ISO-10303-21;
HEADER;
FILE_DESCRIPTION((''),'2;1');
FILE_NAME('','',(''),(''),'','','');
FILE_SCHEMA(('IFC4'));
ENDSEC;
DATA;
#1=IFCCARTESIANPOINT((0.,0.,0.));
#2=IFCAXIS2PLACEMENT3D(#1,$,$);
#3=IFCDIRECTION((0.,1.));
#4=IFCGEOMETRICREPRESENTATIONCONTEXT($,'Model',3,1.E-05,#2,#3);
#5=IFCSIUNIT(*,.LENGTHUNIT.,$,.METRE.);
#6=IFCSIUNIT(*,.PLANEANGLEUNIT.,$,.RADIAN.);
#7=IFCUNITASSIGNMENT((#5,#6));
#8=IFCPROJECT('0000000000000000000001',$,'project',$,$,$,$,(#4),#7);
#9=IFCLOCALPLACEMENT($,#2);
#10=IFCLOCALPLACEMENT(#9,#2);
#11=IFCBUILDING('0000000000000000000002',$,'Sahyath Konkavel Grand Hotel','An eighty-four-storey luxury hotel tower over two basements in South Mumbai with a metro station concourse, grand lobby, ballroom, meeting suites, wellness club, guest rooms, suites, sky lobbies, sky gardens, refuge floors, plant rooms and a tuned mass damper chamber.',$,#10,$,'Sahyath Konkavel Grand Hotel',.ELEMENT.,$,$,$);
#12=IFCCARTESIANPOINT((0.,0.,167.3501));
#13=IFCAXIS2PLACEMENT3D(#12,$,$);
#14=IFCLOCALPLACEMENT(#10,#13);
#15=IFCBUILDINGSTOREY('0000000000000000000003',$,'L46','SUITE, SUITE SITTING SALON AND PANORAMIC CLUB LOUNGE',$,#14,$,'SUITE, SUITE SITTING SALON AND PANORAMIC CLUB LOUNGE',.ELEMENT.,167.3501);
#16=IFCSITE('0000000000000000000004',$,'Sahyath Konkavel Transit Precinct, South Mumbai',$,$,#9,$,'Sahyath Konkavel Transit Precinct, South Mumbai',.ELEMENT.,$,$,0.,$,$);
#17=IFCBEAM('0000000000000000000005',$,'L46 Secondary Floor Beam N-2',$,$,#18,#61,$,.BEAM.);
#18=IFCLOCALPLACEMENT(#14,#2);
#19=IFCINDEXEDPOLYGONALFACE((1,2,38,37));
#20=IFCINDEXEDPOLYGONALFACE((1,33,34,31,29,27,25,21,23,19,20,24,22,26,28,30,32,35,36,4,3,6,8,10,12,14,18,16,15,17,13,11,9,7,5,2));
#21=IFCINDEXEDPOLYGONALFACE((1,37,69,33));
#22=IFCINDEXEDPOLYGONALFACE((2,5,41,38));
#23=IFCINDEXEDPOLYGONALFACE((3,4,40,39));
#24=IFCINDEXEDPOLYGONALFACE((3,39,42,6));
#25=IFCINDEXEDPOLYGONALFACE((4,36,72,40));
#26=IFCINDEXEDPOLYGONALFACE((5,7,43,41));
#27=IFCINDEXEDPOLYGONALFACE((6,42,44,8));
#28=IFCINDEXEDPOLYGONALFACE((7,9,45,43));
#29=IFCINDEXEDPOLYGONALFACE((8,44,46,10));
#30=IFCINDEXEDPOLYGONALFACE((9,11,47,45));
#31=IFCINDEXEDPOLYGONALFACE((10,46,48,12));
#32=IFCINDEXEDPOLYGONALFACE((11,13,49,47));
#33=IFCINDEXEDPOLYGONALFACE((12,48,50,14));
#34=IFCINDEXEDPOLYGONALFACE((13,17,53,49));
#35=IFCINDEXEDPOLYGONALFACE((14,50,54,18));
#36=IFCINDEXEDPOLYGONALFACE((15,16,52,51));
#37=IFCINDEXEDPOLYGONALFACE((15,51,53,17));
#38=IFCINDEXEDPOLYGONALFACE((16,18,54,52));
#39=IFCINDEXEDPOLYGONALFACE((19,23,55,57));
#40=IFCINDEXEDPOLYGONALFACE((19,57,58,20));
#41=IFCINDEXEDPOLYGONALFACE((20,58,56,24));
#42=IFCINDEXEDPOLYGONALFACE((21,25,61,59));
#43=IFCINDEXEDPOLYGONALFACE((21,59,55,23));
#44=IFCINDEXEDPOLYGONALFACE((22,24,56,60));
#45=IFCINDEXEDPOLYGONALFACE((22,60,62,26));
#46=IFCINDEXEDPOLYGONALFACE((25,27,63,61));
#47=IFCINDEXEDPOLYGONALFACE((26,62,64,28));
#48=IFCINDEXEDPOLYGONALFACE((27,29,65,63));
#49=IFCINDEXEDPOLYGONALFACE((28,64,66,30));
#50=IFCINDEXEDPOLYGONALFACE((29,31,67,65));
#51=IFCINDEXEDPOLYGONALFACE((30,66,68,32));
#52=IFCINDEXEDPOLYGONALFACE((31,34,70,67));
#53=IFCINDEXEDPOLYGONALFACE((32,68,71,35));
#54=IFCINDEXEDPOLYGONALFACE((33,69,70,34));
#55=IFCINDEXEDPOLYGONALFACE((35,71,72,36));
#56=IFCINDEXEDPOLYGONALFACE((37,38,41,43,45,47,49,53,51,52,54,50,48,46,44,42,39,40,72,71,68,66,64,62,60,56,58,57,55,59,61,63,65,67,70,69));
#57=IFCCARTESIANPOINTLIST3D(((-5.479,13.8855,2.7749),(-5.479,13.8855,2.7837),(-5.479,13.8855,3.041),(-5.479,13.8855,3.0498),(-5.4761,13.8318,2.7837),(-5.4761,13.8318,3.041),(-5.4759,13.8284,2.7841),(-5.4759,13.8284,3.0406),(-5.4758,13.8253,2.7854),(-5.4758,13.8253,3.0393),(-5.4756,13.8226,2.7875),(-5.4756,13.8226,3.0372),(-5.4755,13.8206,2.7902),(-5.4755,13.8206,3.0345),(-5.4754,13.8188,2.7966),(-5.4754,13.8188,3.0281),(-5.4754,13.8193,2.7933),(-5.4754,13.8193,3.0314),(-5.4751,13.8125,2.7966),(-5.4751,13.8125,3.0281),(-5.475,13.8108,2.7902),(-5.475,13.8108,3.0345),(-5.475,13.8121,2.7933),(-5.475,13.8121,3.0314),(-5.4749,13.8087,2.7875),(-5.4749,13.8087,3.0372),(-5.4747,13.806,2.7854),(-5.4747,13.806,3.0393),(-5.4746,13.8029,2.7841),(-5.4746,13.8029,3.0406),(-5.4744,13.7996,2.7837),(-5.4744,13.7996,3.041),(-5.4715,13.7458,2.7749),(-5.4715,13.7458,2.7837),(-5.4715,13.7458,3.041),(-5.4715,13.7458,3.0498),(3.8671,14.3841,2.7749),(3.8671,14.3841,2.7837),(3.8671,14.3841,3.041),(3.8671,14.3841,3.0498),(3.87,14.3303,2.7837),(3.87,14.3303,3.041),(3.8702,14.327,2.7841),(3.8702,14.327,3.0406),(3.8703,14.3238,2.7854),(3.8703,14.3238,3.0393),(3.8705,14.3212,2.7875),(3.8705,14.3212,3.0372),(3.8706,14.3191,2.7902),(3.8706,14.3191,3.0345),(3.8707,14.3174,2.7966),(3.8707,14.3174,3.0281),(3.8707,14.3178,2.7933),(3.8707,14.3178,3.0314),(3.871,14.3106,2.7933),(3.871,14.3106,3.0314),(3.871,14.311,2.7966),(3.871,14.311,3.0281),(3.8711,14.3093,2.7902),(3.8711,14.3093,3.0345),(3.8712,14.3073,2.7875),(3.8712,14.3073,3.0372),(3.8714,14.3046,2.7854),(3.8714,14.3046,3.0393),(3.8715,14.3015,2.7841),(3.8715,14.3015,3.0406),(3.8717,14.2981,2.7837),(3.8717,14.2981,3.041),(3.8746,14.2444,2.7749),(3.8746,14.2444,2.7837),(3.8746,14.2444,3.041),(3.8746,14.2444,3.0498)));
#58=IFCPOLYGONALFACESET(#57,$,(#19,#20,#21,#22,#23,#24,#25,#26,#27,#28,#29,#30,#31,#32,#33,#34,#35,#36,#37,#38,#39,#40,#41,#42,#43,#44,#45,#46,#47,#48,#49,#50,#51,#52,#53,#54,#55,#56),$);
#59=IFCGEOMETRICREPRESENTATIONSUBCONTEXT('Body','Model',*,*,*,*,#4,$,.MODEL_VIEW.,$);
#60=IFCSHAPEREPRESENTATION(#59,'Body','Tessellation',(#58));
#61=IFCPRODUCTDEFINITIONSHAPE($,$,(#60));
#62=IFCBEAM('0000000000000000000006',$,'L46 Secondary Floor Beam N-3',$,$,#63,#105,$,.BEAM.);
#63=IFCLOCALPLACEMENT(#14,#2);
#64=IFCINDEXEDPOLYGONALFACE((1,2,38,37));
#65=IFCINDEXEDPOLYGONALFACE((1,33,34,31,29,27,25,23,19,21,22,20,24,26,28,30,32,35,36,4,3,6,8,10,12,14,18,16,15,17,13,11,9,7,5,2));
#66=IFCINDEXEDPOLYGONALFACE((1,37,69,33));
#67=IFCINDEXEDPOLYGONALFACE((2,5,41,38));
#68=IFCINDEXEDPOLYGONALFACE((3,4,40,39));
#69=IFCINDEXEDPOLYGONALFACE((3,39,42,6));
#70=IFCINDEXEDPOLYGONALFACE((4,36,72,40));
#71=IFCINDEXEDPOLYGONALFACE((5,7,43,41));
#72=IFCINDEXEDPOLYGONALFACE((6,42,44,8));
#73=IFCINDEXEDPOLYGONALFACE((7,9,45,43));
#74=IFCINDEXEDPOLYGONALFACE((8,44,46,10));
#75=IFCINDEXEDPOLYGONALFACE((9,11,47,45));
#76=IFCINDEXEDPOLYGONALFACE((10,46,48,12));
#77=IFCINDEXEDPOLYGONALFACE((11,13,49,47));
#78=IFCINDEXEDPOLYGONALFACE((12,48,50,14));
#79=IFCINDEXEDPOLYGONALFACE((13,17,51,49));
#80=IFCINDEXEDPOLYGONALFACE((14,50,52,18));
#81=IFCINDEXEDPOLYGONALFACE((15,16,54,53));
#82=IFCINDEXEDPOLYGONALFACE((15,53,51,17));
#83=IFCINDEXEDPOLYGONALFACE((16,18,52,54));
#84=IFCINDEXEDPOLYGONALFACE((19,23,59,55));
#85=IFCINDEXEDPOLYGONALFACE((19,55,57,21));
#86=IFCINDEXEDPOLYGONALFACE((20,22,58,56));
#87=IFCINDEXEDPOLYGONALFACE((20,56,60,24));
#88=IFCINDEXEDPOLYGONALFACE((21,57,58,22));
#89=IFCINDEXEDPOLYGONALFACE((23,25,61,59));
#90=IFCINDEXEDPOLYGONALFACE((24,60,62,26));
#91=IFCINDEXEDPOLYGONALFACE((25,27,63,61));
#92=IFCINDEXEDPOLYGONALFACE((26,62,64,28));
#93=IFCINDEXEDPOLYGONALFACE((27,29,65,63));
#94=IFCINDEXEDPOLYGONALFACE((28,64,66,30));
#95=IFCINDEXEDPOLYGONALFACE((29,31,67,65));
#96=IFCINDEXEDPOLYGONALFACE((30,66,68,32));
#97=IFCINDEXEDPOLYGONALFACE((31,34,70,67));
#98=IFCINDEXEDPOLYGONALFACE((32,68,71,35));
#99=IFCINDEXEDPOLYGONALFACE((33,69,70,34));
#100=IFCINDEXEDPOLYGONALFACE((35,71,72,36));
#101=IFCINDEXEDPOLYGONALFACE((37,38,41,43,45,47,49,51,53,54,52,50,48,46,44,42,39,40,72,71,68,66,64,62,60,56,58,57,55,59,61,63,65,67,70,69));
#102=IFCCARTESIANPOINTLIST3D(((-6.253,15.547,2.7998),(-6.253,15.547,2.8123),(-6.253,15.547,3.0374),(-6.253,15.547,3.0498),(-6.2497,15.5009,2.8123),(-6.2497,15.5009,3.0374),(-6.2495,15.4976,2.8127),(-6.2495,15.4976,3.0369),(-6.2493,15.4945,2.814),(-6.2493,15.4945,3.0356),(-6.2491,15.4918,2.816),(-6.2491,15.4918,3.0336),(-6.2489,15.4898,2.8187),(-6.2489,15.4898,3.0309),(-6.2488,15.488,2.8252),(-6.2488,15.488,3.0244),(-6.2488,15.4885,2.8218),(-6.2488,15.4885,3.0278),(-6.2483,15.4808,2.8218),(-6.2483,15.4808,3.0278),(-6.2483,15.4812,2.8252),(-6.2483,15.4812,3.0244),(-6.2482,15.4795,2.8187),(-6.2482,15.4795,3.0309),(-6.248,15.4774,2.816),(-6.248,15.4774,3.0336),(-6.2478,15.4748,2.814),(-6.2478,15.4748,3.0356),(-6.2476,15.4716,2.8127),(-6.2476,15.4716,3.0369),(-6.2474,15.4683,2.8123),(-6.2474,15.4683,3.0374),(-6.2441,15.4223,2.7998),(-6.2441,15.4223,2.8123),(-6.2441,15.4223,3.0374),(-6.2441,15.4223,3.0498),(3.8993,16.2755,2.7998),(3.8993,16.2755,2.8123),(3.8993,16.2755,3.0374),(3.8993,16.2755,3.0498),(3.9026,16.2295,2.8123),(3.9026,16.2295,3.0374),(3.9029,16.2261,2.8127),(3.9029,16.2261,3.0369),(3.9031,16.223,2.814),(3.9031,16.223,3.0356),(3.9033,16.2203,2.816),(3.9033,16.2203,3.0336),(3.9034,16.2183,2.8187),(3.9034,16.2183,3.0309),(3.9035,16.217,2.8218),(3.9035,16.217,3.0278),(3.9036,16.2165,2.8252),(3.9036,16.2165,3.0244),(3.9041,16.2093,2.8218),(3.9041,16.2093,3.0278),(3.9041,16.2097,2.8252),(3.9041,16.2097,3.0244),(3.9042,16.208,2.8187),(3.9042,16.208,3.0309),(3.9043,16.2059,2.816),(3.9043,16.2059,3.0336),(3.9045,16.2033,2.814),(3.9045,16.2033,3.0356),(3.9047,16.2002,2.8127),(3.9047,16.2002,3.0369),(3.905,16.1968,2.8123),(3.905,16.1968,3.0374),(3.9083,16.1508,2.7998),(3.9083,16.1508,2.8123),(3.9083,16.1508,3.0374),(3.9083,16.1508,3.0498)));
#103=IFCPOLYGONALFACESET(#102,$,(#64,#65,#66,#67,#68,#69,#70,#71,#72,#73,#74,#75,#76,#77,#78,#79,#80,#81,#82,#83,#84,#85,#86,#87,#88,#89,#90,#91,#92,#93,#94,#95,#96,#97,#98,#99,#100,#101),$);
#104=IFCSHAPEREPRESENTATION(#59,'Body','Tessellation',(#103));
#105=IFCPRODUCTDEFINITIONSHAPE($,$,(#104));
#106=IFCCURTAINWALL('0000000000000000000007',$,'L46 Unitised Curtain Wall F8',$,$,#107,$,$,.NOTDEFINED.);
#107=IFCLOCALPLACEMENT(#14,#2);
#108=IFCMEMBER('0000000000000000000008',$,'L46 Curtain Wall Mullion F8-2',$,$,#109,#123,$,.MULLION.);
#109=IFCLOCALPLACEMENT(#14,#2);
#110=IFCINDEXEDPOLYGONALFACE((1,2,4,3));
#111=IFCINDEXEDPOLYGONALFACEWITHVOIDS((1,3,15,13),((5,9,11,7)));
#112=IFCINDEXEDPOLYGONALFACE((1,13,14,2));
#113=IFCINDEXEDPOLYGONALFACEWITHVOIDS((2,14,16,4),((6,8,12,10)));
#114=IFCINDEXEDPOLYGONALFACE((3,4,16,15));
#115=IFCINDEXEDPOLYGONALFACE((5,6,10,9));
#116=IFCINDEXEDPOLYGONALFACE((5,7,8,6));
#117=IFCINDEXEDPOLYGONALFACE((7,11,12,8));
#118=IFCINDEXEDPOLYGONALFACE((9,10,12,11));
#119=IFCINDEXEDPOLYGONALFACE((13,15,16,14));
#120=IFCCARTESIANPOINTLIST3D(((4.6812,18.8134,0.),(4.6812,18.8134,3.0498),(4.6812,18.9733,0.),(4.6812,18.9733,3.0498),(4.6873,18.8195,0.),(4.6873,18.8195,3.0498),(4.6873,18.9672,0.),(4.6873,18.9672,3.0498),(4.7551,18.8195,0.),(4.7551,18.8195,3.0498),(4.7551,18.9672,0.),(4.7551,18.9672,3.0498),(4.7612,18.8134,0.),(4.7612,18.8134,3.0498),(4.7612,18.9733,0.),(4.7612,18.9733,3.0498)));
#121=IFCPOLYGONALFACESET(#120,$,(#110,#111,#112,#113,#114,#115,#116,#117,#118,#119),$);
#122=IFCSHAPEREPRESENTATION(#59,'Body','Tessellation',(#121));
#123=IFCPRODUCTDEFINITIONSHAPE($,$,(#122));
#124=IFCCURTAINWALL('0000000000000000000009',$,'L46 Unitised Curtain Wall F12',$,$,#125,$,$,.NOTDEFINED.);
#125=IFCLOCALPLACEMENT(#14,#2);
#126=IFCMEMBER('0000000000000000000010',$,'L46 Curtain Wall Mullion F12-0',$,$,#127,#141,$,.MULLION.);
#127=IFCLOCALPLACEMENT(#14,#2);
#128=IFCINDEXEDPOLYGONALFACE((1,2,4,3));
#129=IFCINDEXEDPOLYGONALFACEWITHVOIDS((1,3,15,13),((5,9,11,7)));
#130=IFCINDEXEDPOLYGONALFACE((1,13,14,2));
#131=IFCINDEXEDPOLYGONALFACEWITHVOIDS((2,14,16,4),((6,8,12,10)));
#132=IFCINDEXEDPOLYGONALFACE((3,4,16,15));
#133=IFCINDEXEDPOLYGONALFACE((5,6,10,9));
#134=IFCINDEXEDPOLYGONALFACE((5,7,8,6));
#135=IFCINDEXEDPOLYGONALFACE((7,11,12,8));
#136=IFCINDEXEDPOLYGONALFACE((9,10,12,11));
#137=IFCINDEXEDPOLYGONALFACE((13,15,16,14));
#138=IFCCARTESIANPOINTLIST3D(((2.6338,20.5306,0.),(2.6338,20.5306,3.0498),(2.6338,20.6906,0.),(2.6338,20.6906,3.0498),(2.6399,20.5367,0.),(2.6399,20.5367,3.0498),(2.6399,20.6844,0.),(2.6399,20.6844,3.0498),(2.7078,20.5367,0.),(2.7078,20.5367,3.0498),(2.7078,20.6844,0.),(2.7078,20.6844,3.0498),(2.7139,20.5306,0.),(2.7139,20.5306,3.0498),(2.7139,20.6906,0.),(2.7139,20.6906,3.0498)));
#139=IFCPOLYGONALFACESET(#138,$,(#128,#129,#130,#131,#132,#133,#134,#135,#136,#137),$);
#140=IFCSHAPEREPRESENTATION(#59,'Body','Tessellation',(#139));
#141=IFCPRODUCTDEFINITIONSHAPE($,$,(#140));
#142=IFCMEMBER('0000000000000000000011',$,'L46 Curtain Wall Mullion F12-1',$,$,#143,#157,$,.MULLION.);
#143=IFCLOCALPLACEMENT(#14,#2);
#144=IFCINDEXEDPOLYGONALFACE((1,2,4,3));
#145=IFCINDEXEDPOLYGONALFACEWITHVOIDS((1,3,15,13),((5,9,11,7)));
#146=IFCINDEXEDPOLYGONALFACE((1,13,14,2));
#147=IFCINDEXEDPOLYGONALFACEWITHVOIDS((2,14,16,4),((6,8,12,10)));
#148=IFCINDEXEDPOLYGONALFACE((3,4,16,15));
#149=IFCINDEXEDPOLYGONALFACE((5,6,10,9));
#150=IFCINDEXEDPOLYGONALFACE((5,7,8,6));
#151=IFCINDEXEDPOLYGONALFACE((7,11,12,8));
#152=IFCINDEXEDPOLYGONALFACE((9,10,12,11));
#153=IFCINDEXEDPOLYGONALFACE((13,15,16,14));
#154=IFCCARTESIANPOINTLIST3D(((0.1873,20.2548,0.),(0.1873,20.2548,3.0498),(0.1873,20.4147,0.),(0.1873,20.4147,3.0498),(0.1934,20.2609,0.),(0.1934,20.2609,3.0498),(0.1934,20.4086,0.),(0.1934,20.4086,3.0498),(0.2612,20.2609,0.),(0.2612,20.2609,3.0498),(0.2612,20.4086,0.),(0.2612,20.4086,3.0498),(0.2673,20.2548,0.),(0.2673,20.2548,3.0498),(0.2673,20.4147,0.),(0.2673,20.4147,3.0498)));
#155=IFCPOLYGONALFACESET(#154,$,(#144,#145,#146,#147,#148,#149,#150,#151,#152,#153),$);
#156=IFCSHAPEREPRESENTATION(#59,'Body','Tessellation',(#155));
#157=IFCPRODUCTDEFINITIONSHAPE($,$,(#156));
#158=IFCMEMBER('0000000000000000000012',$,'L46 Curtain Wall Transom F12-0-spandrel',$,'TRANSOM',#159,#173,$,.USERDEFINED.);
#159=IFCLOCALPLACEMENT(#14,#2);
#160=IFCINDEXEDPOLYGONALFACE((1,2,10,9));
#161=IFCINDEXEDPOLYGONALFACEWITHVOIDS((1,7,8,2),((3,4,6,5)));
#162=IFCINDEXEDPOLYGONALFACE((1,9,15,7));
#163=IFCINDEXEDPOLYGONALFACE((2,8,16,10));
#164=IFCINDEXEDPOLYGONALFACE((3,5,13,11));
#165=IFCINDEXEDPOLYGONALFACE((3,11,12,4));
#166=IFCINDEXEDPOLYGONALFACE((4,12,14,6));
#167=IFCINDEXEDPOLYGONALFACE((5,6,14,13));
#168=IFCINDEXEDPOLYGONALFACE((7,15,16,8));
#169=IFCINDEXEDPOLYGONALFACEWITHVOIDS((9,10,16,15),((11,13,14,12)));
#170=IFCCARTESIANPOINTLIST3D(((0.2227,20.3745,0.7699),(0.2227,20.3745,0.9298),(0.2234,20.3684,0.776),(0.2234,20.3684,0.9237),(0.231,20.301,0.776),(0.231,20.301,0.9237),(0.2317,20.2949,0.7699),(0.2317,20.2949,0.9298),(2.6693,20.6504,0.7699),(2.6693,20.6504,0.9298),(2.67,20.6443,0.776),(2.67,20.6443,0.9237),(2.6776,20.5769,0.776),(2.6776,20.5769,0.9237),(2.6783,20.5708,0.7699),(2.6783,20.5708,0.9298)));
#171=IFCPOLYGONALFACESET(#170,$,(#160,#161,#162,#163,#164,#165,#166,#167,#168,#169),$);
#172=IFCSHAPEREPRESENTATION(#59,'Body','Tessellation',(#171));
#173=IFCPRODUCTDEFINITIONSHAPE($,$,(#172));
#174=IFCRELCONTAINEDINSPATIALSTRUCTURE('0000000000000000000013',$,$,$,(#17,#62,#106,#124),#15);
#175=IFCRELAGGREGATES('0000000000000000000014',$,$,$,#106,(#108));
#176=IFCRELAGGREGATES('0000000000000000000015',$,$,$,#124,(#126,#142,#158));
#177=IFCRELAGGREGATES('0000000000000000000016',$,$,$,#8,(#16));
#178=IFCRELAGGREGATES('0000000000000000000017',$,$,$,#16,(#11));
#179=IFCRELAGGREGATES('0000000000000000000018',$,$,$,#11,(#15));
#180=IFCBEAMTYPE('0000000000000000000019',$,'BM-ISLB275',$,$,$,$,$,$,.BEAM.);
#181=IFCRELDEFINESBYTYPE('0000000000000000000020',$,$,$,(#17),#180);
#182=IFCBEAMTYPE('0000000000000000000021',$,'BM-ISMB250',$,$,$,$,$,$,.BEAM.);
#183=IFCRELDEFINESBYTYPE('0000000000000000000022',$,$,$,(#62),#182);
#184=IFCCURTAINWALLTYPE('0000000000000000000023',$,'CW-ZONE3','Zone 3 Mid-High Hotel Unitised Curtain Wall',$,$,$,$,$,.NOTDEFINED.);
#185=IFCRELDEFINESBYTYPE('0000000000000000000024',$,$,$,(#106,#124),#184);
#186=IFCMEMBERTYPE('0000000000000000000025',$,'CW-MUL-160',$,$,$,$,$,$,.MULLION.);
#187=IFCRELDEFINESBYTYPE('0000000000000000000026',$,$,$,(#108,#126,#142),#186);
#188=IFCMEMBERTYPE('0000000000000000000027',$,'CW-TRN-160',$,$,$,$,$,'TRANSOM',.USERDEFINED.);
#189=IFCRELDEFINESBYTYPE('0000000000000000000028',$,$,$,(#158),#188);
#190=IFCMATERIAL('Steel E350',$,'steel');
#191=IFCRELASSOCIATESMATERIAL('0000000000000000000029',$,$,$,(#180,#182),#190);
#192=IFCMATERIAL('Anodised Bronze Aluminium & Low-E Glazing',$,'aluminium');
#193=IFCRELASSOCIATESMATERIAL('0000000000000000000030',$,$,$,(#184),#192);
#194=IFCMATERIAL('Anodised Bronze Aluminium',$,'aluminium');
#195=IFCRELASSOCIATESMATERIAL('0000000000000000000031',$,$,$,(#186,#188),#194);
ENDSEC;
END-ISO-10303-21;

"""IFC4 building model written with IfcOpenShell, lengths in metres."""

from ifc_helpers import new_model, si_unit, direction, frame, origin, origin_2d, place, context, subcontext, project, spatial, hollow_rectangle, i_section, extrude, source, transform, mapped, material, material_profile, profile_set, type_object, element, aggregate, save


model = new_model("IFC4")

# Units and contexts
model_context = context("Model", 3, precision=1e-05, world=origin(), true_north=direction((0.0, 1.0)))
body_context = subcontext(model_context, "Body", "Model", "MODEL_VIEW")
ifc_project = project(units=[si_unit("LENGTHUNIT", "METRE"), si_unit("PLANEANGLEUNIT", "RADIAN")], contexts=[model_context])

# Site, building, storey
site_placement = place(None, origin())
site = spatial("IfcSite", under=ifc_project, at=site_placement, Name="Sahyath Konkavel Transit Precinct, South Mumbai", LongName="Sahyath Konkavel Transit Precinct, South Mumbai", CompositionType="ELEMENT", RefElevation=0.0)
building_placement = place(site_placement, origin())
building = spatial("IfcBuilding", under=site, at=building_placement, Name="Sahyath Konkavel Grand Hotel", Description="An eighty-four-storey luxury hotel tower over two basements in South Mumbai with a metro station concourse, grand lobby, ballroom, meeting suites, wellness club, guest rooms, suites, sky lobbies, sky gardens, refuge floors, plant rooms and a tuned mass damper chamber.", LongName="Sahyath Konkavel Grand Hotel", CompositionType="ELEMENT")
storey_placement = place(building_placement, frame((0.0, 0.0, 167.3501)))
storey = spatial("IfcBuildingStorey", under=building, at=storey_placement, Name="L46", Description="SUITE, SUITE SITTING SALON AND PANORAMIC CLUB LOUNGE", LongName="SUITE, SUITE SITTING SALON AND PANORAMIC CLUB LOUNGE", CompositionType="ELEMENT", Elevation=167.3501)

# Beams
ifc_material_1 = material(Name="Steel E350", Category="steel")
ifc_material_profile_1 = material_profile(ifc_material_1, i_section(OverallWidth=0.1399, OverallDepth=0.2749, WebThickness=0.0063, FlangeThickness=0.0088, FilletRadius=0.0129, at=origin_2d()), Name="ISLB 275")
ifc_profile_set_1 = profile_set([ifc_material_profile_1], Name="Steel E350")
beam_type_1 = type_object("IfcBeamType", Name="BM-ISLB275", PredefinedType="BEAM", material=ifc_profile_set_1)
shared_shape_1 = source(origin(), body_context, "Body", "SweptSolid", [
    extrude(i_section(OverallWidth=0.1399, OverallDepth=0.2749, WebThickness=0.0063, FlangeThickness=0.0088, FilletRadius=0.0129, at=origin_2d()), origin(), (0.0, 0.0, 1.0), 9.3594),
])
beam_1_placement = place(storey_placement, frame((3.8708, 14.3142, 2.9124), z_axis=(-0.99858, -0.053265, 0.0), x_axis=(0.053265, -0.99858, 0.0)))
element("IfcBeam", 1, at=beam_1_placement, inside=storey, type_object=beam_type_1, Name="L46 Secondary Floor Beam N-2", PredefinedType="BEAM", context=body_context, shape_type="MappedRepresentation", body=[
    mapped(shared_shape_1, transform((0.0, 0.0, 0.0), scale=1.0)),
])
ifc_material_profile_2 = material_profile(ifc_material_1, i_section(OverallWidth=0.125, OverallDepth=0.25, WebThickness=0.0068, FlangeThickness=0.0125, FilletRadius=0.0129, at=origin_2d()), Name="ISMB 250")
ifc_profile_set_2 = profile_set([ifc_material_profile_2], Name="Steel E350")
beam_type_2 = type_object("IfcBeamType", Name="BM-ISMB250", PredefinedType="BEAM", material=ifc_profile_set_2)
shared_shape_2 = source(origin(), body_context, "Body", "SweptSolid", [
    extrude(i_section(OverallWidth=0.125, OverallDepth=0.25, WebThickness=0.0068, FlangeThickness=0.0125, FilletRadius=0.0129, at=origin_2d()), origin(), (0.0, 0.0, 1.0), 10.1785),
])
beam_2_placement = place(storey_placement, frame((3.9038, 16.2131, 2.9248), z_axis=(-0.997435, -0.071574, 0.0), x_axis=(0.071574, -0.997435, 0.0)))
element("IfcBeam", 2, at=beam_2_placement, inside=storey, type_object=beam_type_2, Name="L46 Secondary Floor Beam N-3", PredefinedType="BEAM", context=body_context, shape_type="MappedRepresentation", body=[
    mapped(shared_shape_2, transform((0.0, 0.0, 0.0), scale=1.0)),
])

# Curtain wall, member
ifc_material_2 = material(Name="Anodised Bronze Aluminium & Low-E Glazing", Category="aluminium")
curtain_wall_type = type_object("IfcCurtainWallType", Name="CW-ZONE3", Description="Zone 3 Mid-High Hotel Unitised Curtain Wall", PredefinedType="NOTDEFINED", material=ifc_material_2)
curtain_wall_1_placement = place(storey_placement, origin())
curtain_wall_1 = element("IfcCurtainWall", 3, at=curtain_wall_1_placement, inside=storey, type_object=curtain_wall_type, Name="L46 Unitised Curtain Wall F8", PredefinedType="NOTDEFINED")
ifc_material_3 = material(Name="Anodised Bronze Aluminium", Category="aluminium")
ifc_material_profile_3 = material_profile(ifc_material_3, hollow_rectangle(XDim=0.0801, YDim=0.1599, WallThickness=0.0061, at=origin_2d()), Name="RHS 160x80x6")
ifc_profile_set_3 = profile_set([ifc_material_profile_3], Name="Anodised Bronze Aluminium")
member_type_1 = type_object("IfcMemberType", Name="CW-MUL-160", PredefinedType="MULLION", material=ifc_profile_set_3)
shared_shape_3 = source(origin(), body_context, "Body", "SweptSolid", [
    extrude(hollow_rectangle(XDim=0.0801, YDim=0.1599, WallThickness=0.0061, at=origin_2d()), origin(), (0.0, 0.0, 1.0), 3.0498),
])
member_1_placement = place(storey_placement, frame((4.7212, 18.8933, 0.0), z_axis=(0.0, 0.0, 1.0), x_axis=(1.0, 0.0, 0.0)))
member_1 = element("IfcMember", 4, at=member_1_placement, type_object=member_type_1, Name="L46 Curtain Wall Mullion F8-2", PredefinedType="MULLION", context=body_context, shape_type="MappedRepresentation", body=[
    mapped(shared_shape_3, transform((0.0, 0.0, 0.0), scale=1.0)),
])

# Curtain wall, members
curtain_wall_2_placement = place(storey_placement, origin())
curtain_wall_2 = element("IfcCurtainWall", 5, at=curtain_wall_2_placement, inside=storey, type_object=curtain_wall_type, Name="L46 Unitised Curtain Wall F12", PredefinedType="NOTDEFINED")
member_2_placement = place(storey_placement, frame((2.6738, 20.6106, 0.0), z_axis=(0.0, 0.0, 1.0), x_axis=(1.0, 0.0, 0.0)))
member_2 = element("IfcMember", 6, at=member_2_placement, type_object=member_type_1, Name="L46 Curtain Wall Mullion F12-0", PredefinedType="MULLION", context=body_context, shape_type="MappedRepresentation", body=[
    mapped(shared_shape_3, transform((0.0, 0.0, 0.0), scale=1.0)),
])
member_3_placement = place(storey_placement, frame((0.2273, 20.3347, 0.0), z_axis=(0.0, 0.0, 1.0), x_axis=(1.0, 0.0, 0.0)))
member_3 = element("IfcMember", 7, at=member_3_placement, type_object=member_type_1, Name="L46 Curtain Wall Mullion F12-1", PredefinedType="MULLION", context=body_context, shape_type="MappedRepresentation", body=[
    mapped(shared_shape_3, transform((0.0, 0.0, 0.0), scale=1.0)),
])
ifc_material_profile_4 = material_profile(ifc_material_3, hollow_rectangle(XDim=0.0801, YDim=0.1599, WallThickness=0.0061, at=origin_2d()), Name="RHS 160x80x6")
ifc_profile_set_4 = profile_set([ifc_material_profile_4], Name="Anodised Bronze Aluminium")
member_type_2 = type_object("IfcMemberType", Name="CW-TRN-160", ElementType="TRANSOM", PredefinedType="USERDEFINED", material=ifc_profile_set_4)
shared_shape_4 = source(origin(), body_context, "Body", "SweptSolid", [
    extrude(hollow_rectangle(XDim=0.0801, YDim=0.1599, WallThickness=0.0061, at=origin_2d()), origin(), (0.0, 0.0, 1.0), 2.4622),
])
member_4_placement = place(storey_placement, frame((2.6738, 20.6106, 0.8499), z_axis=(-0.993702, -0.112053, 0.0), x_axis=(0.112053, -0.993702, 0.0)))
member_4 = element("IfcMember", 8, at=member_4_placement, type_object=member_type_2, Name="L46 Curtain Wall Transom F12-0-spandrel", ObjectType="TRANSOM", PredefinedType="USERDEFINED", context=body_context, shape_type="MappedRepresentation", body=[
    mapped(shared_shape_4, transform((0.0, 0.0, 0.0), scale=1.0)),
])

aggregate(curtain_wall_1, [member_1])
aggregate(curtain_wall_2, [member_2, member_3, member_4])

save(model, "model.ifc")
